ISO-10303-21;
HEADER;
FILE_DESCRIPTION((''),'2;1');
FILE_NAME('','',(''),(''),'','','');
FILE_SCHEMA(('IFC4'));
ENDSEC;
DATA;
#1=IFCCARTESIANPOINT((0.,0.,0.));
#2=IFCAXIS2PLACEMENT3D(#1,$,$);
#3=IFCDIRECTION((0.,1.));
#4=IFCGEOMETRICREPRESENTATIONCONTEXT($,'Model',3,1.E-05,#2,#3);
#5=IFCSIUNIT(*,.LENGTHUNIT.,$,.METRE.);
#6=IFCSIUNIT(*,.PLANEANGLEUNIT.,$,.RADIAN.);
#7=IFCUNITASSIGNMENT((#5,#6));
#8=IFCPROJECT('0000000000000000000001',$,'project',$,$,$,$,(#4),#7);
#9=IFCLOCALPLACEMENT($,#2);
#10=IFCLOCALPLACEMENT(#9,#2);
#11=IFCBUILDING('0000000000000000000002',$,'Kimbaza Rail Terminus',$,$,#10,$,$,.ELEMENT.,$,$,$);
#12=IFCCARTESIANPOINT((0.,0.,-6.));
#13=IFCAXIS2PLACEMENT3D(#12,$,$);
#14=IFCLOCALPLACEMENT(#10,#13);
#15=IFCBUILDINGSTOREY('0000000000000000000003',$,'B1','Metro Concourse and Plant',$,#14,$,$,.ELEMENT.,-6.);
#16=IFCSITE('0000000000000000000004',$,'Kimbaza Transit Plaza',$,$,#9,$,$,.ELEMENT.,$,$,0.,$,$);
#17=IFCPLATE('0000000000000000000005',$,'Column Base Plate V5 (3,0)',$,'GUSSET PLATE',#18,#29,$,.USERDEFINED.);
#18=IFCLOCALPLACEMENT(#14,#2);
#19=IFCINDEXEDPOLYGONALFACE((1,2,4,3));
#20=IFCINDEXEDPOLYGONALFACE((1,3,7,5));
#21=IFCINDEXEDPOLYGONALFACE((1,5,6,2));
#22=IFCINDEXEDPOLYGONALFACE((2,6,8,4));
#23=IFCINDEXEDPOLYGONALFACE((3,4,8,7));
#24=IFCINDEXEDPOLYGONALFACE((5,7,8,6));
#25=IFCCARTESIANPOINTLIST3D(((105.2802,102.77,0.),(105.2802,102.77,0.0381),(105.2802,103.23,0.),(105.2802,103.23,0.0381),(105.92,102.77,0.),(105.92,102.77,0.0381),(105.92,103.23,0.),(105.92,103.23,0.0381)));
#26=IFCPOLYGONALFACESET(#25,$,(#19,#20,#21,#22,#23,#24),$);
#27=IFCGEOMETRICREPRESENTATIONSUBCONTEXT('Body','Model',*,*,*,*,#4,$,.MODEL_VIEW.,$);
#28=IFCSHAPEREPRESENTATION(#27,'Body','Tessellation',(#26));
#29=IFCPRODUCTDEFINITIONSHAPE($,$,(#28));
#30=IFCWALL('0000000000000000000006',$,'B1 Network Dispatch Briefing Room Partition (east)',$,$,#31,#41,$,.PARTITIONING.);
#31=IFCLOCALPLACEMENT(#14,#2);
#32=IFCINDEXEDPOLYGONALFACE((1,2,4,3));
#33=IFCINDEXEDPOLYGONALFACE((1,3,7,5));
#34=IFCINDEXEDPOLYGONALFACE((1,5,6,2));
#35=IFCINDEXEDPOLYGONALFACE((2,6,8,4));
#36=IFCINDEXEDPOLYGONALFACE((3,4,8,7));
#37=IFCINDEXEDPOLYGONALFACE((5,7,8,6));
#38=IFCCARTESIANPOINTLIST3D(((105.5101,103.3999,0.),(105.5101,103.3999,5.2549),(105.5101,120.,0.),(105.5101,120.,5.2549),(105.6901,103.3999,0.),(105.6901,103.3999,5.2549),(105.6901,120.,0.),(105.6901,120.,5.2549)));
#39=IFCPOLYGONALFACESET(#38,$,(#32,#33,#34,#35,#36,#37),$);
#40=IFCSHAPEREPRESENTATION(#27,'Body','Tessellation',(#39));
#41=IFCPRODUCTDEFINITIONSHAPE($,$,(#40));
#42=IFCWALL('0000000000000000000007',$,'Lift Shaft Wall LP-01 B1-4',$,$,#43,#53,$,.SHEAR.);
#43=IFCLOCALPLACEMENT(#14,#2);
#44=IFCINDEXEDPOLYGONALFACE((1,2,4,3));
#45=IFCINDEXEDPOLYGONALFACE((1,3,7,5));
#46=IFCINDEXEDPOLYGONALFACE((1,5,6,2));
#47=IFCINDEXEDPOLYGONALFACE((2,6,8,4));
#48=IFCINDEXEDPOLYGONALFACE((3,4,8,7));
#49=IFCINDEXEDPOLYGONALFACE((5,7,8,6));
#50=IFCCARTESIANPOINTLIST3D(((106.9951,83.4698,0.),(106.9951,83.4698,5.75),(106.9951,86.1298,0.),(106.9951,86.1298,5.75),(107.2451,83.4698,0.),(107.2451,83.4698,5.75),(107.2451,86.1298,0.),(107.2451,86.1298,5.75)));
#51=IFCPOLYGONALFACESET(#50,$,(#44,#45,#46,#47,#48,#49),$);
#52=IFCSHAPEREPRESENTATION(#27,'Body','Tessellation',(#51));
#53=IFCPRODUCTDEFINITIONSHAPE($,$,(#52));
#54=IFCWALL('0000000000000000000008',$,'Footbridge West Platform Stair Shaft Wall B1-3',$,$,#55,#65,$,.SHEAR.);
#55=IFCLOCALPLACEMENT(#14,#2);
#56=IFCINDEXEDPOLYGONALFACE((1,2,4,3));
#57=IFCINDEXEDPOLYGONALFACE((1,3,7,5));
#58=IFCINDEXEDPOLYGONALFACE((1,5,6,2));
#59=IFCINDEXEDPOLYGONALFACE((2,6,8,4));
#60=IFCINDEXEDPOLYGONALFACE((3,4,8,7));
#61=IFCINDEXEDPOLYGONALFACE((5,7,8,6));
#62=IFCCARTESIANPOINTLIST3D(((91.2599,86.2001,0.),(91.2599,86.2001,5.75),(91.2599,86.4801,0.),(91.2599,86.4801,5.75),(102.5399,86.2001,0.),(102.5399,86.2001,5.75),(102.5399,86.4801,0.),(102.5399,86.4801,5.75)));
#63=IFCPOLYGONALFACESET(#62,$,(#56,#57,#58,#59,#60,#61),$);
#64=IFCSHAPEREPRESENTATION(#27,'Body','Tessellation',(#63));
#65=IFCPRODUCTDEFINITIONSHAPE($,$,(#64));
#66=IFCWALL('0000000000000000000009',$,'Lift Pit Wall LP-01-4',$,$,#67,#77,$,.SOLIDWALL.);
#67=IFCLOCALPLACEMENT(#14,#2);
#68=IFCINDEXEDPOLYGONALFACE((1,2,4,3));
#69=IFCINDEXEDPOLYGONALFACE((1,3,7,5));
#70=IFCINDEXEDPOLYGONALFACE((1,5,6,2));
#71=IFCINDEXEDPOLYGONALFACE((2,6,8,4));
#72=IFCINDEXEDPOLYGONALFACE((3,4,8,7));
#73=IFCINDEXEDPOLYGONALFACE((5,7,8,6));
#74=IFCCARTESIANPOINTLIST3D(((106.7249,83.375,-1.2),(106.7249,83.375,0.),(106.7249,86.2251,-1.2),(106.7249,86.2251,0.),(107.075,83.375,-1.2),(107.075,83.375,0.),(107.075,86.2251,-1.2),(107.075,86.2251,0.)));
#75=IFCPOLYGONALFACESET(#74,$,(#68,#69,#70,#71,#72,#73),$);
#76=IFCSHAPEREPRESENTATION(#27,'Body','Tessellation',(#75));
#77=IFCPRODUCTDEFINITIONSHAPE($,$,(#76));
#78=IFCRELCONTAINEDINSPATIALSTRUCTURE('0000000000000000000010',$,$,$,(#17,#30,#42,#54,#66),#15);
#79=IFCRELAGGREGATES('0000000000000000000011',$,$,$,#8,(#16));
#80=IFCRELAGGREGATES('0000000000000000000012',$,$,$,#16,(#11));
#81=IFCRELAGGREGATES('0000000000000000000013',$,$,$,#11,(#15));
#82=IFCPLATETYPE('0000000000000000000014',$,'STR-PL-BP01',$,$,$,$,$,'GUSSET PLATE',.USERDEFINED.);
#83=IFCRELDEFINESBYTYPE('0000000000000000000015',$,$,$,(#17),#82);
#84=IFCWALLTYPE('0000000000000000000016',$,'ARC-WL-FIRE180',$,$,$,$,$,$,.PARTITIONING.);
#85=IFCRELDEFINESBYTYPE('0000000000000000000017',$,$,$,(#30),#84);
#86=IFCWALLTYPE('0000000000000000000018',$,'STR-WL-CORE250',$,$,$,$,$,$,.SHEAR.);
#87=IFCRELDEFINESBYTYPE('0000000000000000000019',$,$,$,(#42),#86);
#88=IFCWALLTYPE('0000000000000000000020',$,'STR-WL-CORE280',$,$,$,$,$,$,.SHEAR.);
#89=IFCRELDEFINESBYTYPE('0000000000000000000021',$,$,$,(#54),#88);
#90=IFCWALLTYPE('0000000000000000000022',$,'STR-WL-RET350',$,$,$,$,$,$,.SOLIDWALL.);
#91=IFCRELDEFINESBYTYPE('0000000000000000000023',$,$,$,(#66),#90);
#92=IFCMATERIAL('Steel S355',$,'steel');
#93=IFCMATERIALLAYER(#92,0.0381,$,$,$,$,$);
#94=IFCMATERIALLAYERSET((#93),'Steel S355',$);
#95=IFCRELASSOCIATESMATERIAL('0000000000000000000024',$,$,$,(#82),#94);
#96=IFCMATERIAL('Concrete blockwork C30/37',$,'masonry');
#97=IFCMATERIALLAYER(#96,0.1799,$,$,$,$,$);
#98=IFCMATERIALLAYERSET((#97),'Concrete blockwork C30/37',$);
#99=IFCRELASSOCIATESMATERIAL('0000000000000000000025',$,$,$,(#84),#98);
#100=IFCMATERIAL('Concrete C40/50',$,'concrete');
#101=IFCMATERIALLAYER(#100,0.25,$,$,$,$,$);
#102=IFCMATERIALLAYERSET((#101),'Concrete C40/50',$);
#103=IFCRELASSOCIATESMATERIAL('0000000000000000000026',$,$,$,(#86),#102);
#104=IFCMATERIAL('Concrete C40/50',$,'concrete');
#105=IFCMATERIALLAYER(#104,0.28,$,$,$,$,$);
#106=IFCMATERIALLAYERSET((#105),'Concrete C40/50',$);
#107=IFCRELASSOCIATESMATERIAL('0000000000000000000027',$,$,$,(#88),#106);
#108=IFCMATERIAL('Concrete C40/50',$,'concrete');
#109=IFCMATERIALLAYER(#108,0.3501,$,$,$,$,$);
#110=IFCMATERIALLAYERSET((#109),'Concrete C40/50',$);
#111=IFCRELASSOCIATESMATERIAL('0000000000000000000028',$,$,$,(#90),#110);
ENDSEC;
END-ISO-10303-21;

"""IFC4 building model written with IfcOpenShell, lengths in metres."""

from ifc_helpers import new_model, si_unit, direction, frame, frame_2d, origin, origin_2d, place, context, subcontext, project, spatial, rectangle, extrude, material, layer, layer_set, type_object, element, save


model = new_model("IFC4")

# Units and contexts
model_context = context("Model", 3, precision=1e-05, world=origin(), true_north=direction((0.0, 1.0)))
body_context = subcontext(model_context, "Body", "Model", "MODEL_VIEW")
ifc_project = project(units=[si_unit("LENGTHUNIT", "METRE"), si_unit("PLANEANGLEUNIT", "RADIAN")], contexts=[model_context])

# Site, building, storey
site_placement = place(None, origin())
site = spatial("IfcSite", under=ifc_project, at=site_placement, Name="Kimbaza Transit Plaza", CompositionType="ELEMENT", RefElevation=0.0)
building_placement = place(site_placement, origin())
building = spatial("IfcBuilding", under=site, at=building_placement, Name="Kimbaza Rail Terminus", CompositionType="ELEMENT")
storey_placement = place(building_placement, frame((0.0, 0.0, -6.0)))
storey = spatial("IfcBuildingStorey", under=building, at=storey_placement, Name="B1", Description="Metro Concourse and Plant", CompositionType="ELEMENT", Elevation=-6.0)

# Plate
ifc_material_1 = material(Name="Steel S355", Category="steel")
ifc_layer_1 = layer(ifc_material_1, 0.0381)
ifc_layer_set_1 = layer_set([ifc_layer_1], Name="Steel S355")
plate_type = type_object("IfcPlateType", Name="STR-PL-BP01", ElementType="GUSSET PLATE", PredefinedType="USERDEFINED", material=ifc_layer_set_1)
plate_placement = place(storey_placement, frame((105.6001, 103.0, 0.0), z_axis=(0.0, 0.0, 1.0), x_axis=(1.0, 0.0, 0.0)))
element("IfcPlate", 1, at=plate_placement, inside=storey, type_object=plate_type, Name="Column Base Plate V5 (3,0)", ObjectType="GUSSET PLATE", PredefinedType="USERDEFINED", context=body_context, shape_type="SweptSolid", body=[
    extrude(rectangle(XDim=0.6399, YDim=0.46, at=origin_2d()), origin(), (0.0, 0.0, 1.0), 0.0381),
])

# Walls
ifc_material_2 = material(Name="Concrete blockwork C30/37", Category="masonry")
ifc_layer_2 = layer(ifc_material_2, 0.1799)
ifc_layer_set_2 = layer_set([ifc_layer_2], Name="Concrete blockwork C30/37")
wall_type_1 = type_object("IfcWallType", Name="ARC-WL-FIRE180", PredefinedType="PARTITIONING", material=ifc_layer_set_2)
wall_1_placement = place(storey_placement, frame((105.6001, 103.3999, 0.0), z_axis=(0.0, 0.0, 1.0), x_axis=(0.0, 1.0, 0.0)))
element("IfcWall", 2, at=wall_1_placement, inside=storey, type_object=wall_type_1, Name="B1 Network Dispatch Briefing Room Partition (east)", PredefinedType="PARTITIONING", context=body_context, shape_type="SweptSolid", body=[
    extrude(rectangle(XDim=16.6001, YDim=0.1799, at=frame_2d((8.3, 0.0))), origin(), (0.0, 0.0, 1.0), 5.2549),
])
ifc_material_3 = material(Name="Concrete C40/50", Category="concrete")
ifc_layer_3 = layer(ifc_material_3, 0.25)
ifc_layer_set_3 = layer_set([ifc_layer_3], Name="Concrete C40/50")
wall_type_2 = type_object("IfcWallType", Name="STR-WL-CORE250", PredefinedType="SHEAR", material=ifc_layer_set_3)
wall_2_placement = place(storey_placement, frame((107.1201, 86.1299, 0.0), z_axis=(0.0, 0.0, 1.0), x_axis=(0.0, -1.0, 0.0)))
element("IfcWall", 3, at=wall_2_placement, inside=storey, type_object=wall_type_2, Name="Lift Shaft Wall LP-01 B1-4", PredefinedType="SHEAR", context=body_context, shape_type="SweptSolid", body=[
    extrude(rectangle(XDim=2.6599, YDim=0.25, at=frame_2d((1.3301, 0.0))), origin(), (0.0, 0.0, 1.0), 5.75),
])
ifc_material_4 = material(Name="Concrete C40/50", Category="concrete")
ifc_layer_4 = layer(ifc_material_4, 0.28)
ifc_layer_set_4 = layer_set([ifc_layer_4], Name="Concrete C40/50")
wall_type_3 = type_object("IfcWallType", Name="STR-WL-CORE280", PredefinedType="SHEAR", material=ifc_layer_set_4)
wall_3_placement = place(storey_placement, frame((102.54, 86.3401, 0.0), z_axis=(0.0, 0.0, 1.0), x_axis=(-1.0, 0.0, 0.0)))
element("IfcWall", 4, at=wall_3_placement, inside=storey, type_object=wall_type_3, Name="Footbridge West Platform Stair Shaft Wall B1-3", PredefinedType="SHEAR", context=body_context, shape_type="SweptSolid", body=[
    extrude(rectangle(XDim=11.28, YDim=0.28, at=frame_2d((5.6401, 0.0))), origin(), (0.0, 0.0, 1.0), 5.75),
])
ifc_material_5 = material(Name="Concrete C40/50", Category="concrete")
ifc_layer_5 = layer(ifc_material_5, 0.3501)
ifc_layer_set_5 = layer_set([ifc_layer_5], Name="Concrete C40/50")
wall_type_4 = type_object("IfcWallType", Name="STR-WL-RET350", PredefinedType="SOLIDWALL", material=ifc_layer_set_5)
wall_4_placement = place(storey_placement, frame((106.8999, 86.2251, -1.2), z_axis=(0.0, 0.0, 1.0), x_axis=(0.0, -1.0, 0.0)))
element("IfcWall", 5, at=wall_4_placement, inside=storey, type_object=wall_type_4, Name="Lift Pit Wall LP-01-4", PredefinedType="SOLIDWALL", context=body_context, shape_type="SweptSolid", body=[
    extrude(rectangle(XDim=2.8501, YDim=0.3501, at=frame_2d((1.425, 0.0))), origin(), (0.0, 0.0, 1.0), 1.2),
])

save(model, "model.ifc")
